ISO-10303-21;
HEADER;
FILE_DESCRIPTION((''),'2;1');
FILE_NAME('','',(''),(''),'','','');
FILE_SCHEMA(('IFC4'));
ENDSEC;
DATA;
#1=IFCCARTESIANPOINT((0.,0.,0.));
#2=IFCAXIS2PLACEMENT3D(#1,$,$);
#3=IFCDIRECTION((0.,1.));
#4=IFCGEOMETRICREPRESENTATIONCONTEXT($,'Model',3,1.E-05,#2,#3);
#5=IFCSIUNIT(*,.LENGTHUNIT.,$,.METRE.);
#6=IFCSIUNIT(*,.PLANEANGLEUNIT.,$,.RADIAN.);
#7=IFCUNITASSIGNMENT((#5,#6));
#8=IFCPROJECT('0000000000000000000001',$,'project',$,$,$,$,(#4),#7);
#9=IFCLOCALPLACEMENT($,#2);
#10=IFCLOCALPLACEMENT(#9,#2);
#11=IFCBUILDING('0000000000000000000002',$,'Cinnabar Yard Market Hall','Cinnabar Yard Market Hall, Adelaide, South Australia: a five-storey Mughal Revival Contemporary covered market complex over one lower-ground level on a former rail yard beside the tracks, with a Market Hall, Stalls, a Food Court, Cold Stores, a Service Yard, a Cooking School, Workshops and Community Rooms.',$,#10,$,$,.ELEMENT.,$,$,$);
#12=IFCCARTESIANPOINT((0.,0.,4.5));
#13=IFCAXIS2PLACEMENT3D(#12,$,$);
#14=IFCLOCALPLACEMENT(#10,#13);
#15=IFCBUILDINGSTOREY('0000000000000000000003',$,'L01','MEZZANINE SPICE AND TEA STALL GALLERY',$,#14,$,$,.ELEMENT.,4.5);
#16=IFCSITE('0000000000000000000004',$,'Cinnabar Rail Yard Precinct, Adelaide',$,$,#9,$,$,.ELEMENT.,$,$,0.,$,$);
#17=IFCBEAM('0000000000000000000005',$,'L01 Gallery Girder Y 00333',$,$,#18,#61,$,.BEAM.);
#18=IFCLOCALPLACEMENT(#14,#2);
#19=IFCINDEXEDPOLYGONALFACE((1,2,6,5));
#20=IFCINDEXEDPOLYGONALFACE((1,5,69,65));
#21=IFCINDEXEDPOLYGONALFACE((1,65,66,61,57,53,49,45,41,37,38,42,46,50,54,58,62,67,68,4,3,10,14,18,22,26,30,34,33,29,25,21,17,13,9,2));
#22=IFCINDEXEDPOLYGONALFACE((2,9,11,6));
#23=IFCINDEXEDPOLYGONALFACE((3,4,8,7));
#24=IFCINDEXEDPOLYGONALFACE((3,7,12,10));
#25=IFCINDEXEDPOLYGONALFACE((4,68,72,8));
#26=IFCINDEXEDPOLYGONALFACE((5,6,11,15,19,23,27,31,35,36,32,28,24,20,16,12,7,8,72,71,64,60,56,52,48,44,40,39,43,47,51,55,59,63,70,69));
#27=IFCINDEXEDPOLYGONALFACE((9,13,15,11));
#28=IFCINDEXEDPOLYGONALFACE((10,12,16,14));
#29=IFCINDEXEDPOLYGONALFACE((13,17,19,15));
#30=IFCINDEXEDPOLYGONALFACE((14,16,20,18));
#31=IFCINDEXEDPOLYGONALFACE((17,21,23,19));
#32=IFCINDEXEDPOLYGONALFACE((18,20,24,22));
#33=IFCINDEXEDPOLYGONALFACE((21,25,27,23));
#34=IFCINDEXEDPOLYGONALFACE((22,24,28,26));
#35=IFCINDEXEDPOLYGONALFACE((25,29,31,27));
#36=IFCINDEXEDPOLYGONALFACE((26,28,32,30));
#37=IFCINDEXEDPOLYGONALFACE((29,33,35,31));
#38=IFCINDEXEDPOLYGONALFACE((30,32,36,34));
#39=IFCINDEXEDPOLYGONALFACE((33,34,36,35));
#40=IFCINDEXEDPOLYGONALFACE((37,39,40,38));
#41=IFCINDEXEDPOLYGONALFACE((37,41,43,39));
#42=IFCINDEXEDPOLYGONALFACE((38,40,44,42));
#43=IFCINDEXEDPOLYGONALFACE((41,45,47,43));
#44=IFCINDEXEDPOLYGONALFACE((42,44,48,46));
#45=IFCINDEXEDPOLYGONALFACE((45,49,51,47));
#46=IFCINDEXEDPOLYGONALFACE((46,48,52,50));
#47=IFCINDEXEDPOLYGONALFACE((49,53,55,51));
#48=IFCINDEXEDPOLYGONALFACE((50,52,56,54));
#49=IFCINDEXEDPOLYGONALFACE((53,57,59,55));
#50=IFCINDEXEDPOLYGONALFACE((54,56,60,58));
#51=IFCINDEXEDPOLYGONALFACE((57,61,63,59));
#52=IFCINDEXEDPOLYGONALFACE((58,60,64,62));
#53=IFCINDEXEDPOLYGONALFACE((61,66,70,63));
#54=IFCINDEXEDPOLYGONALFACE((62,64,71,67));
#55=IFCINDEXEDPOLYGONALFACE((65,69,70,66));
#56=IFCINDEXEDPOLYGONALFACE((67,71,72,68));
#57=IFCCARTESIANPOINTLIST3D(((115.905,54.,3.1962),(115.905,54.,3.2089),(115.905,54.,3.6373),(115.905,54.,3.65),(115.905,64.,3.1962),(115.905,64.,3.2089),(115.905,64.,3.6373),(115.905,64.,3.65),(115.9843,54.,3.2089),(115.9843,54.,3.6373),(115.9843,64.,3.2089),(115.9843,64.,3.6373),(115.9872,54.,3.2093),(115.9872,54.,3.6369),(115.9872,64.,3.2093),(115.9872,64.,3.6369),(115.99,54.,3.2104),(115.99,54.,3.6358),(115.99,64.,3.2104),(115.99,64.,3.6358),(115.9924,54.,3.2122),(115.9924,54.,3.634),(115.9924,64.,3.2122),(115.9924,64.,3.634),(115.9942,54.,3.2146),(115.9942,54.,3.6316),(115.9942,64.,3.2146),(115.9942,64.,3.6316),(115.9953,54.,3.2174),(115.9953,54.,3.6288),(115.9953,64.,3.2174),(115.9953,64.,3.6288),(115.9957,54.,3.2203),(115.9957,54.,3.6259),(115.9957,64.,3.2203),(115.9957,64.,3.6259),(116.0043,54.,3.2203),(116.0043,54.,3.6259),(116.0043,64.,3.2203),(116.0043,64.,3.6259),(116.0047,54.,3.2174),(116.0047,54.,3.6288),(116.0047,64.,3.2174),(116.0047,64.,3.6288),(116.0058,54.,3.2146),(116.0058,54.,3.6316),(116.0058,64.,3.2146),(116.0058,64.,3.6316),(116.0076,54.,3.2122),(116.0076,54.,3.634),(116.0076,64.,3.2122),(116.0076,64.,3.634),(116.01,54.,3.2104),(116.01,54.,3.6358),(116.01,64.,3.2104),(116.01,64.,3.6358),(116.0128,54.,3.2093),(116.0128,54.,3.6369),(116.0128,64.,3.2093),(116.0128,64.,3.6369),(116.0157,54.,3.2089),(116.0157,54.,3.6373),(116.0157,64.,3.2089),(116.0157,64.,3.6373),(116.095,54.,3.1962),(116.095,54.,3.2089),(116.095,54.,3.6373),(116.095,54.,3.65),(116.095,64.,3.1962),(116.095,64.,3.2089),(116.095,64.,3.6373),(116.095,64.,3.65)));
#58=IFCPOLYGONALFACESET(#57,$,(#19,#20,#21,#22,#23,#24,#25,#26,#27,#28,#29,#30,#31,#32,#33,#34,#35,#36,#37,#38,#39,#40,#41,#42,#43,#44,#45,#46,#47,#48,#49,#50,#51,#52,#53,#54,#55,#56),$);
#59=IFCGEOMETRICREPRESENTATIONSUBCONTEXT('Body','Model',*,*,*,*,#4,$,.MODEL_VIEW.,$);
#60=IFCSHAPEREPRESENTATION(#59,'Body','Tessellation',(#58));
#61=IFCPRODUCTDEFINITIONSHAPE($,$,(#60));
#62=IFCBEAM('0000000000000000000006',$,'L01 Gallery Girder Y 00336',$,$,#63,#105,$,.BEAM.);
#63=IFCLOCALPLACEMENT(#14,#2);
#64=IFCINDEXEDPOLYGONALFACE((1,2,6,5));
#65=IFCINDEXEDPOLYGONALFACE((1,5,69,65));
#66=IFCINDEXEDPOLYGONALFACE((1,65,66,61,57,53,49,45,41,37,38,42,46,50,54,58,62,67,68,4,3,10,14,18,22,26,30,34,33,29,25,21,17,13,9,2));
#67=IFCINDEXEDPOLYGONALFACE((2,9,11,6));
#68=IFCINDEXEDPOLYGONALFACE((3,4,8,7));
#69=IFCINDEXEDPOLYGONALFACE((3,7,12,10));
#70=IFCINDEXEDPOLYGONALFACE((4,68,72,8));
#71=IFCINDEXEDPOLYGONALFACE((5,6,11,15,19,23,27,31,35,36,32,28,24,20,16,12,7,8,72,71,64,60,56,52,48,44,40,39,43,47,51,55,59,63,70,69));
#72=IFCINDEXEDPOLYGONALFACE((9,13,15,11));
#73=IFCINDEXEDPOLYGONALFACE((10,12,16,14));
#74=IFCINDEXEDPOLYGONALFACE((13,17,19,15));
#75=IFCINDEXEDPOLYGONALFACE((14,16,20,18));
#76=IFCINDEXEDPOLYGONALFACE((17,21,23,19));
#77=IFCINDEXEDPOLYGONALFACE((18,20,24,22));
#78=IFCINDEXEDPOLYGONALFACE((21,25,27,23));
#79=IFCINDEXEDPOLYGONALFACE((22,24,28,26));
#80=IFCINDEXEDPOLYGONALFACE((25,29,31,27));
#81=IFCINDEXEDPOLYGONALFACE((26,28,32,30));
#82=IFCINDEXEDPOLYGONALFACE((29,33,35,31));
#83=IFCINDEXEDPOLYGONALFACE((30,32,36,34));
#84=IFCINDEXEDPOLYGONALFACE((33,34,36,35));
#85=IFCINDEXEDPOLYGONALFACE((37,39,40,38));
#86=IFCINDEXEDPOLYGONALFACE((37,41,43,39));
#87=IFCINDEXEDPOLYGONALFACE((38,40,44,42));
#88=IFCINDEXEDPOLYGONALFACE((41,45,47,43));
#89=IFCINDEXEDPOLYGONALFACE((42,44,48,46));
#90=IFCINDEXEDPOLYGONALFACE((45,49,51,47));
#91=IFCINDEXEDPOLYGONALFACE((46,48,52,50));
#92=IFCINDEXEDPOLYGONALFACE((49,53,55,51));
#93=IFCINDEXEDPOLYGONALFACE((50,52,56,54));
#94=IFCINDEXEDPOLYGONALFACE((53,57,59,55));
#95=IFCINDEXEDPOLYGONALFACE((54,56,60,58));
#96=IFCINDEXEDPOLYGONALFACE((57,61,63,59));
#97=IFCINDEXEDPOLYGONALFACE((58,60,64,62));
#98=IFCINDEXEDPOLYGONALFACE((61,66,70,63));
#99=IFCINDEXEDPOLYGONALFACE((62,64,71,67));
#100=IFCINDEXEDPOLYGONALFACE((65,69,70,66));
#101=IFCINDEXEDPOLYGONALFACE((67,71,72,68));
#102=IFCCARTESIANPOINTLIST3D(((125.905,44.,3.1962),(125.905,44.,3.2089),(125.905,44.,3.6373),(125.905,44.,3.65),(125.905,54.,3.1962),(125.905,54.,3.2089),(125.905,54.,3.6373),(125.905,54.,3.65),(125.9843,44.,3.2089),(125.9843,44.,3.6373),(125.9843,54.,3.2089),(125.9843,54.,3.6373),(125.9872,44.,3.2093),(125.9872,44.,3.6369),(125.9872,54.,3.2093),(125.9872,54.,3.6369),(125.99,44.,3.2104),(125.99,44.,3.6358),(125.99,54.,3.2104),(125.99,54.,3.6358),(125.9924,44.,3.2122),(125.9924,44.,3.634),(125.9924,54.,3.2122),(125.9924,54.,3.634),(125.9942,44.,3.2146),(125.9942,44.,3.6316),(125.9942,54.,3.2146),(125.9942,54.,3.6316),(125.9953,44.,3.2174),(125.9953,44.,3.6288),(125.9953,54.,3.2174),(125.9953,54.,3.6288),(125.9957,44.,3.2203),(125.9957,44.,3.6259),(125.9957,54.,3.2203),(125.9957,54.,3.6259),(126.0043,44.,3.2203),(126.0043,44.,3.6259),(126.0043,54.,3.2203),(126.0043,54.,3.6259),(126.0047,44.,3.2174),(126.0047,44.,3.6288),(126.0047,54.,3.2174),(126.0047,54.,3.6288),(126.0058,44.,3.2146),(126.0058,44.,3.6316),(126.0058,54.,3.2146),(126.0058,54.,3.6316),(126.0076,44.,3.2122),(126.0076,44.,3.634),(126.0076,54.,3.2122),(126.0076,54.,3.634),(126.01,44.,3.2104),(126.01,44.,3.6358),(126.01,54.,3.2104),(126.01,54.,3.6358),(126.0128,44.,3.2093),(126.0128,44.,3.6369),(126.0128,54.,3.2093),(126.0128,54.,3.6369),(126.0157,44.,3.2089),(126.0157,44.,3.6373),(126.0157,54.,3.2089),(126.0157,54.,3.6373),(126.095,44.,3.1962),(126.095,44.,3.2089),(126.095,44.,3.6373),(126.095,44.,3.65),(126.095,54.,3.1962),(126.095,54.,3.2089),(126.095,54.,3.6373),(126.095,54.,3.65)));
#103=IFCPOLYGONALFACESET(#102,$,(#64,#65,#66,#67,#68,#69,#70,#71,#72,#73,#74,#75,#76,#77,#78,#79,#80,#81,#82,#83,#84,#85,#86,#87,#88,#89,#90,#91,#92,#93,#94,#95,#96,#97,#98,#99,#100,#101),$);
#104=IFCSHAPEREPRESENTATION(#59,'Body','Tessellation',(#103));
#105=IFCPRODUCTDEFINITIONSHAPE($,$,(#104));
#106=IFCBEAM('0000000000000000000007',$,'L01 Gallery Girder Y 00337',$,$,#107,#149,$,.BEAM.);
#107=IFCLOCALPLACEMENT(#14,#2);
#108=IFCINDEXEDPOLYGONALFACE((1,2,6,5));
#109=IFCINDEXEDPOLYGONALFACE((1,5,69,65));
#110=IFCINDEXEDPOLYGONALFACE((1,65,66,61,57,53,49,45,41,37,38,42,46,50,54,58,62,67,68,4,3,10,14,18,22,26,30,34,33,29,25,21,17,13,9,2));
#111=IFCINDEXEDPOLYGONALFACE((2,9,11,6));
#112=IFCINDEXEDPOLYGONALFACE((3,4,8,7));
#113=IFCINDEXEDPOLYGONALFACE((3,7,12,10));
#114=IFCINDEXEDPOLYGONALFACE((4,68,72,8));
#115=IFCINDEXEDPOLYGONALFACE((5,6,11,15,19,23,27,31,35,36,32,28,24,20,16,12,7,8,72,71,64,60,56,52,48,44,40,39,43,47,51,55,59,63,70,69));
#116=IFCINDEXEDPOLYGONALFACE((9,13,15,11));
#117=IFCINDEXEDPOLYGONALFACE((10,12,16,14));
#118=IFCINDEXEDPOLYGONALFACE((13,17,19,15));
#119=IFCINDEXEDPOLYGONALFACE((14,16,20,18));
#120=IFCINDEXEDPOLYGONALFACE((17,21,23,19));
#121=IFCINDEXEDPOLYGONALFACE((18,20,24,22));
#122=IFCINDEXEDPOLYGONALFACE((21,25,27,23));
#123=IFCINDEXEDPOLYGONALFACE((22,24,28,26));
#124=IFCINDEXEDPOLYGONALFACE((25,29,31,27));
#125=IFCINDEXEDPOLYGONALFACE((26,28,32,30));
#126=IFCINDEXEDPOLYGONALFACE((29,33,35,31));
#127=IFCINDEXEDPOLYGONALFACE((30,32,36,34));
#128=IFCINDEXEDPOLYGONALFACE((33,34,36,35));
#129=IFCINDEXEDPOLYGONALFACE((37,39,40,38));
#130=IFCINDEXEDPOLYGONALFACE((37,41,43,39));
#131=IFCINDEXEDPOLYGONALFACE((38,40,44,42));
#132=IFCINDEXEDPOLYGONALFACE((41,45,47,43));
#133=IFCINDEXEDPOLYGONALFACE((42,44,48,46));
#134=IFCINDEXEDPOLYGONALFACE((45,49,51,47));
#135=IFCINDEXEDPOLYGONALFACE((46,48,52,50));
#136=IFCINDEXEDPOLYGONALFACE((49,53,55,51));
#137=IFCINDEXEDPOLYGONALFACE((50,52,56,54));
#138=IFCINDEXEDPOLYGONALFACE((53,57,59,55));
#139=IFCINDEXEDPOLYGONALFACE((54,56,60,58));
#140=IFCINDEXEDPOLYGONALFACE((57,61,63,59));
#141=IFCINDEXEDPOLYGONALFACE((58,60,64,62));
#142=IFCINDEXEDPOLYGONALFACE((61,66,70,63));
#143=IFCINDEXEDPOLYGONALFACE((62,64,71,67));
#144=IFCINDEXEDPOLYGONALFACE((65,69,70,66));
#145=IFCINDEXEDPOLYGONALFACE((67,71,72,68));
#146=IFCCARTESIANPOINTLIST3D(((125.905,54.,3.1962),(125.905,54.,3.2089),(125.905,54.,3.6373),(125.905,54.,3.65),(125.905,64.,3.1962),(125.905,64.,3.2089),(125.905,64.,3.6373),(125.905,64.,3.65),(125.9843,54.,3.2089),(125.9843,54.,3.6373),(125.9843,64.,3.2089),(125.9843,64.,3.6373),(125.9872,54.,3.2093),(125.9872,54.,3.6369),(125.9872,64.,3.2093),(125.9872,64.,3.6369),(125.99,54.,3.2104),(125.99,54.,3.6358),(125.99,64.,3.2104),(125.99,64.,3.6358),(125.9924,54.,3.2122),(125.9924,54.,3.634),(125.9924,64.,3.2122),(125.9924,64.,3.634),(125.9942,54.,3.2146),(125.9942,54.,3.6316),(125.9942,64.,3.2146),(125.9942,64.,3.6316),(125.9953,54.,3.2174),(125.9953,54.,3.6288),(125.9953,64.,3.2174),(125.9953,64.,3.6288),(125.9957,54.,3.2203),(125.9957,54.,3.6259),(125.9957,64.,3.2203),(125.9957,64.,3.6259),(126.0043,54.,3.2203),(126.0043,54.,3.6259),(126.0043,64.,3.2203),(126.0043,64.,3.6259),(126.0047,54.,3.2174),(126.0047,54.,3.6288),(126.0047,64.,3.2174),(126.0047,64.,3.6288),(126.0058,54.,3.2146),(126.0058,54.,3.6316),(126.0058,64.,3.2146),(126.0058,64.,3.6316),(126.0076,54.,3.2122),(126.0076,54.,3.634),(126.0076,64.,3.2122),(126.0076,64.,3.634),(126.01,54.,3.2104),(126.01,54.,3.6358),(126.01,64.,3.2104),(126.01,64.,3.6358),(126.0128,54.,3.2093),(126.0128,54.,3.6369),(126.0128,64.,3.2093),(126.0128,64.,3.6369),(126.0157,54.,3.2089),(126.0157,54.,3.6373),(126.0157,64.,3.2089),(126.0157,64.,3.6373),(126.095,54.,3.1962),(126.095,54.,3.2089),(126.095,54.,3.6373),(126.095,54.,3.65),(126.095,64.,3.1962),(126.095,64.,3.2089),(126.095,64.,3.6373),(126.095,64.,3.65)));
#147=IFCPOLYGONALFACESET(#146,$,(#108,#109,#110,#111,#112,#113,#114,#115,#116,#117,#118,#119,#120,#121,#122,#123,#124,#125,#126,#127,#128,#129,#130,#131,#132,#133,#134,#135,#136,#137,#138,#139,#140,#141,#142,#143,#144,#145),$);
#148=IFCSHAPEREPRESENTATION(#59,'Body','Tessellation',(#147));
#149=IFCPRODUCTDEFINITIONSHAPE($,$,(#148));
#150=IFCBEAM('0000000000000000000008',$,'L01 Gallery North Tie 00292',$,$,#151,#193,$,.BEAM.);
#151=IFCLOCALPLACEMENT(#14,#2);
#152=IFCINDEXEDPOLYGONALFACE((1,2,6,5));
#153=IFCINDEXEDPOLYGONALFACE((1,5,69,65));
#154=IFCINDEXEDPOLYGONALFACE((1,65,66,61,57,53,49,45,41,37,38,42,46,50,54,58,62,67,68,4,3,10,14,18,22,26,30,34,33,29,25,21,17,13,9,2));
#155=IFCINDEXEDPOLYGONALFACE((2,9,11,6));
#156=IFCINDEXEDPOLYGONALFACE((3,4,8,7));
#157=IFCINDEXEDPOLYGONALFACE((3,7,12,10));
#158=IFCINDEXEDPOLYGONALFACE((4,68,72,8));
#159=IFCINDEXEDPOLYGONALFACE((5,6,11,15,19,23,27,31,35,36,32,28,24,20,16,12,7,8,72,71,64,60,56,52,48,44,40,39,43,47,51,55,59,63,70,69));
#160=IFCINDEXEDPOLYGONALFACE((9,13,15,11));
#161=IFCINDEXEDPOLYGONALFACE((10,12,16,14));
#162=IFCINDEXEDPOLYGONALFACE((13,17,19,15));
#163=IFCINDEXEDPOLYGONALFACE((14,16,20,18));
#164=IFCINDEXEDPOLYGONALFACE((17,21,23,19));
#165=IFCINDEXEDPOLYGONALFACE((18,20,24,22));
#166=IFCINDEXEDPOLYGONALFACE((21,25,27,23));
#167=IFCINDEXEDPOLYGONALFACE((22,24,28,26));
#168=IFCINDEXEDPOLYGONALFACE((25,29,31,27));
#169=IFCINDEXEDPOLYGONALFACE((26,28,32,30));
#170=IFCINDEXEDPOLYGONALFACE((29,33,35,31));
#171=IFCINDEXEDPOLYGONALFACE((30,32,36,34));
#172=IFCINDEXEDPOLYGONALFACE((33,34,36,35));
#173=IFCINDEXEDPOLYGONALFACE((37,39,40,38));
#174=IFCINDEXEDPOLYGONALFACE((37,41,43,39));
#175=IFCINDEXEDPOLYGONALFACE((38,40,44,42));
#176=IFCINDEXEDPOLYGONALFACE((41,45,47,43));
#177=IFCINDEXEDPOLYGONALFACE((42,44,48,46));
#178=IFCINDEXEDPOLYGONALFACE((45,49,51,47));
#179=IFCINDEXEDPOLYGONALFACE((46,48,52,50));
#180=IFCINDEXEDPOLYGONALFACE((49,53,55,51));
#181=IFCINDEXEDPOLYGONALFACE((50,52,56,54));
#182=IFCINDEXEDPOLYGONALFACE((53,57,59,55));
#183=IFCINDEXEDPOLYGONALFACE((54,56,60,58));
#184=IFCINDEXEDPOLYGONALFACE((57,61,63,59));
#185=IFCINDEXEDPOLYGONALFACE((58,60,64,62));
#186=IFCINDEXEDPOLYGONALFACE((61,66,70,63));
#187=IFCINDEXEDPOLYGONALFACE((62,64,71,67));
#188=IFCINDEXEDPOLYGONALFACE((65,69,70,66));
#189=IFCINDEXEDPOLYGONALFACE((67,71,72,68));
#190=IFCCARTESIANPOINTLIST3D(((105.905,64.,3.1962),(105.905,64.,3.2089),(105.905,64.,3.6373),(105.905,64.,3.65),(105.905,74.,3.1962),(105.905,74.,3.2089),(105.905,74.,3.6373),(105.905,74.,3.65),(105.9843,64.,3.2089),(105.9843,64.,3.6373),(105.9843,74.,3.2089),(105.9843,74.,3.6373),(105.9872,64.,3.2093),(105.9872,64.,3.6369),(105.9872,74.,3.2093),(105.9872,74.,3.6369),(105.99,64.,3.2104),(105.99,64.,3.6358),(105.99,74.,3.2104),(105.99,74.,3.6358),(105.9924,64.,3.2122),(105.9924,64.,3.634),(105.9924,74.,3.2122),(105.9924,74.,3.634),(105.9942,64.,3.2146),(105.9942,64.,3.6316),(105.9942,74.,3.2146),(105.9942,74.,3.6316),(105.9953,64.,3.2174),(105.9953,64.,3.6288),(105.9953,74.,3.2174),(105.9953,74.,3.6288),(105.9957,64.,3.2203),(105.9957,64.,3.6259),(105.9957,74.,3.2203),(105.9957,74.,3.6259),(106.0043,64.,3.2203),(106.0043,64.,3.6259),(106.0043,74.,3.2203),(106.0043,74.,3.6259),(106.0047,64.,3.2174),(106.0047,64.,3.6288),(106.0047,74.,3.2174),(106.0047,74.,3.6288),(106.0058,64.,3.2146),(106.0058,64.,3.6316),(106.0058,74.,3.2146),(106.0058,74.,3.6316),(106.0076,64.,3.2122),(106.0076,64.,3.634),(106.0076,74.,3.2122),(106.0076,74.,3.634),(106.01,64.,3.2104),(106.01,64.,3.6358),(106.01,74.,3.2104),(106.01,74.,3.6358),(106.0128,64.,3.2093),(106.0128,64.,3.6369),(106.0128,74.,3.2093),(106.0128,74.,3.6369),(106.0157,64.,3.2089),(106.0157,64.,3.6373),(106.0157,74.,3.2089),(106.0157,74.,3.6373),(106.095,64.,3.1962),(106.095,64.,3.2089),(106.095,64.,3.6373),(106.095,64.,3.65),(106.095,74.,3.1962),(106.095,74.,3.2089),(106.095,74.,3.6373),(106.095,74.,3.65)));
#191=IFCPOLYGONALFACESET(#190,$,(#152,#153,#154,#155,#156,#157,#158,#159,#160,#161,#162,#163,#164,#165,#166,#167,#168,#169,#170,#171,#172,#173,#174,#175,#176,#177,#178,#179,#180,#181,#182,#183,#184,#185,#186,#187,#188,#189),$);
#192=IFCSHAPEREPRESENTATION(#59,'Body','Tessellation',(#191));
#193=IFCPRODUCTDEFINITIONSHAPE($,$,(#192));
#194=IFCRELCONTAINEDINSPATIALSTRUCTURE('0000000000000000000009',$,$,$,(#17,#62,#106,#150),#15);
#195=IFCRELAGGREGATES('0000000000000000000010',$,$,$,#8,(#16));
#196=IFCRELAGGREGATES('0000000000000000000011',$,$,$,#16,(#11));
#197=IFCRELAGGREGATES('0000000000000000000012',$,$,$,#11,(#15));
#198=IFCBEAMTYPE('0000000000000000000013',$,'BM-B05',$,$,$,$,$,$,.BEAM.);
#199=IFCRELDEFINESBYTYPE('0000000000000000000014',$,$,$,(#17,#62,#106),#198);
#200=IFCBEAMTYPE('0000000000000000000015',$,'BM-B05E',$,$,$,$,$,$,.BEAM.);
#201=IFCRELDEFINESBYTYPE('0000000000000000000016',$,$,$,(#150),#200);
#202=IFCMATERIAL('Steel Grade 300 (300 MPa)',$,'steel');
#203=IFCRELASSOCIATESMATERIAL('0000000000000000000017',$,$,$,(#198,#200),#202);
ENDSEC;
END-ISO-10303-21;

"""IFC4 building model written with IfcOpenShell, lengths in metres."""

from ifc_helpers import new_model, si_unit, direction, frame, origin, origin_2d_with_axis, place, context, subcontext, project, spatial, i_section, extrude, material, material_profile, profile_set, type_object, element, save


model = new_model("IFC4")

# Units and contexts
model_context = context("Model", 3, precision=1e-05, world=origin(), true_north=direction((0.0, 1.0)))
body_context = subcontext(model_context, "Body", "Model", "MODEL_VIEW")
ifc_project = project(units=[si_unit("LENGTHUNIT", "METRE"), si_unit("PLANEANGLEUNIT", "RADIAN")], contexts=[model_context])

# Site, building, storey
site_placement = place(None, origin())
site = spatial("IfcSite", under=ifc_project, at=site_placement, Name="Cinnabar Rail Yard Precinct, Adelaide", CompositionType="ELEMENT", RefElevation=0.0)
building_placement = place(site_placement, origin())
building = spatial("IfcBuilding", under=site, at=building_placement, Name="Cinnabar Yard Market Hall", Description="Cinnabar Yard Market Hall, Adelaide, South Australia: a five-storey Mughal Revival Contemporary covered market complex over one lower-ground level on a former rail yard beside the tracks, with a Market Hall, Stalls, a Food Court, Cold Stores, a Service Yard, a Cooking School, Workshops and Community Rooms.", CompositionType="ELEMENT")
storey_placement = place(building_placement, frame((0.0, 0.0, 4.5)))
storey = spatial("IfcBuildingStorey", under=building, at=storey_placement, Name="L01", Description="MEZZANINE SPICE AND TEA STALL GALLERY", CompositionType="ELEMENT", Elevation=4.5)

# Beams
ifc_material_1 = material(Name="Steel Grade 300 (300 MPa)", Category="steel")
ifc_material_profile_1 = material_profile(ifc_material_1, i_section(OverallWidth=0.1899, OverallDepth=0.4539, WebThickness=0.0085, FlangeThickness=0.0127, FilletRadius=0.0115, at=origin_2d_with_axis()), Name="460UB67.1")
ifc_profile_set_1 = profile_set([ifc_material_profile_1], Name="Steel Grade 300 (300 MPa)")
beam_type_1 = type_object("IfcBeamType", Name="BM-B05", PredefinedType="BEAM", material=ifc_profile_set_1)
for number, where, z_axis, x_axis, name in (
    (1, (116.0, 54.0, 3.4231), (0.0, 1.0, 0.0), (-1.0, 0.0, 0.0), "L01 Gallery Girder Y 00333"),
    (2, (126.0, 44.0, 3.4231), (0.0, 1.0, 0.0), (-1.0, 0.0, 0.0), "L01 Gallery Girder Y 00336"),
    (3, (126.0, 54.0, 3.4231), (0.0, 1.0, 0.0), (-1.0, 0.0, 0.0), "L01 Gallery Girder Y 00337"),
):
    element("IfcBeam", number, at=place(storey_placement, frame(where, z_axis=z_axis, x_axis=x_axis)), inside=storey, type_object=beam_type_1, Name=name, PredefinedType="BEAM", context=body_context, shape_type="SweptSolid", body=[
        extrude(i_section(OverallWidth=0.1899, OverallDepth=0.4539, WebThickness=0.0085, FlangeThickness=0.0127, FilletRadius=0.0115, at=origin_2d_with_axis()), origin(), (0.0, 0.0, 1.0), 10.0),
    ])
ifc_material_profile_2 = material_profile(ifc_material_1, i_section(OverallWidth=0.1899, OverallDepth=0.4539, WebThickness=0.0085, FlangeThickness=0.0127, FilletRadius=0.0115, at=origin_2d_with_axis()), Name="460UB67.1")
ifc_profile_set_2 = profile_set([ifc_material_profile_2], Name="Steel Grade 300 (300 MPa)")
beam_type_2 = type_object("IfcBeamType", Name="BM-B05E", PredefinedType="BEAM", material=ifc_profile_set_2)
for number, where, z_axis, x_axis, name in (
    (4, (106.0, 64.0, 3.4231), (0.0, 1.0, 0.0), (-1.0, 0.0, 0.0), "L01 Gallery North Tie 00292"),
):
    element("IfcBeam", number, at=place(storey_placement, frame(where, z_axis=z_axis, x_axis=x_axis)), inside=storey, type_object=beam_type_2, Name=name, PredefinedType="BEAM", context=body_context, shape_type="SweptSolid", body=[
        extrude(i_section(OverallWidth=0.1899, OverallDepth=0.4539, WebThickness=0.0085, FlangeThickness=0.0127, FilletRadius=0.0115, at=origin_2d_with_axis()), origin(), (0.0, 0.0, 1.0), 10.0),
    ])

save(model, "model.ifc")
